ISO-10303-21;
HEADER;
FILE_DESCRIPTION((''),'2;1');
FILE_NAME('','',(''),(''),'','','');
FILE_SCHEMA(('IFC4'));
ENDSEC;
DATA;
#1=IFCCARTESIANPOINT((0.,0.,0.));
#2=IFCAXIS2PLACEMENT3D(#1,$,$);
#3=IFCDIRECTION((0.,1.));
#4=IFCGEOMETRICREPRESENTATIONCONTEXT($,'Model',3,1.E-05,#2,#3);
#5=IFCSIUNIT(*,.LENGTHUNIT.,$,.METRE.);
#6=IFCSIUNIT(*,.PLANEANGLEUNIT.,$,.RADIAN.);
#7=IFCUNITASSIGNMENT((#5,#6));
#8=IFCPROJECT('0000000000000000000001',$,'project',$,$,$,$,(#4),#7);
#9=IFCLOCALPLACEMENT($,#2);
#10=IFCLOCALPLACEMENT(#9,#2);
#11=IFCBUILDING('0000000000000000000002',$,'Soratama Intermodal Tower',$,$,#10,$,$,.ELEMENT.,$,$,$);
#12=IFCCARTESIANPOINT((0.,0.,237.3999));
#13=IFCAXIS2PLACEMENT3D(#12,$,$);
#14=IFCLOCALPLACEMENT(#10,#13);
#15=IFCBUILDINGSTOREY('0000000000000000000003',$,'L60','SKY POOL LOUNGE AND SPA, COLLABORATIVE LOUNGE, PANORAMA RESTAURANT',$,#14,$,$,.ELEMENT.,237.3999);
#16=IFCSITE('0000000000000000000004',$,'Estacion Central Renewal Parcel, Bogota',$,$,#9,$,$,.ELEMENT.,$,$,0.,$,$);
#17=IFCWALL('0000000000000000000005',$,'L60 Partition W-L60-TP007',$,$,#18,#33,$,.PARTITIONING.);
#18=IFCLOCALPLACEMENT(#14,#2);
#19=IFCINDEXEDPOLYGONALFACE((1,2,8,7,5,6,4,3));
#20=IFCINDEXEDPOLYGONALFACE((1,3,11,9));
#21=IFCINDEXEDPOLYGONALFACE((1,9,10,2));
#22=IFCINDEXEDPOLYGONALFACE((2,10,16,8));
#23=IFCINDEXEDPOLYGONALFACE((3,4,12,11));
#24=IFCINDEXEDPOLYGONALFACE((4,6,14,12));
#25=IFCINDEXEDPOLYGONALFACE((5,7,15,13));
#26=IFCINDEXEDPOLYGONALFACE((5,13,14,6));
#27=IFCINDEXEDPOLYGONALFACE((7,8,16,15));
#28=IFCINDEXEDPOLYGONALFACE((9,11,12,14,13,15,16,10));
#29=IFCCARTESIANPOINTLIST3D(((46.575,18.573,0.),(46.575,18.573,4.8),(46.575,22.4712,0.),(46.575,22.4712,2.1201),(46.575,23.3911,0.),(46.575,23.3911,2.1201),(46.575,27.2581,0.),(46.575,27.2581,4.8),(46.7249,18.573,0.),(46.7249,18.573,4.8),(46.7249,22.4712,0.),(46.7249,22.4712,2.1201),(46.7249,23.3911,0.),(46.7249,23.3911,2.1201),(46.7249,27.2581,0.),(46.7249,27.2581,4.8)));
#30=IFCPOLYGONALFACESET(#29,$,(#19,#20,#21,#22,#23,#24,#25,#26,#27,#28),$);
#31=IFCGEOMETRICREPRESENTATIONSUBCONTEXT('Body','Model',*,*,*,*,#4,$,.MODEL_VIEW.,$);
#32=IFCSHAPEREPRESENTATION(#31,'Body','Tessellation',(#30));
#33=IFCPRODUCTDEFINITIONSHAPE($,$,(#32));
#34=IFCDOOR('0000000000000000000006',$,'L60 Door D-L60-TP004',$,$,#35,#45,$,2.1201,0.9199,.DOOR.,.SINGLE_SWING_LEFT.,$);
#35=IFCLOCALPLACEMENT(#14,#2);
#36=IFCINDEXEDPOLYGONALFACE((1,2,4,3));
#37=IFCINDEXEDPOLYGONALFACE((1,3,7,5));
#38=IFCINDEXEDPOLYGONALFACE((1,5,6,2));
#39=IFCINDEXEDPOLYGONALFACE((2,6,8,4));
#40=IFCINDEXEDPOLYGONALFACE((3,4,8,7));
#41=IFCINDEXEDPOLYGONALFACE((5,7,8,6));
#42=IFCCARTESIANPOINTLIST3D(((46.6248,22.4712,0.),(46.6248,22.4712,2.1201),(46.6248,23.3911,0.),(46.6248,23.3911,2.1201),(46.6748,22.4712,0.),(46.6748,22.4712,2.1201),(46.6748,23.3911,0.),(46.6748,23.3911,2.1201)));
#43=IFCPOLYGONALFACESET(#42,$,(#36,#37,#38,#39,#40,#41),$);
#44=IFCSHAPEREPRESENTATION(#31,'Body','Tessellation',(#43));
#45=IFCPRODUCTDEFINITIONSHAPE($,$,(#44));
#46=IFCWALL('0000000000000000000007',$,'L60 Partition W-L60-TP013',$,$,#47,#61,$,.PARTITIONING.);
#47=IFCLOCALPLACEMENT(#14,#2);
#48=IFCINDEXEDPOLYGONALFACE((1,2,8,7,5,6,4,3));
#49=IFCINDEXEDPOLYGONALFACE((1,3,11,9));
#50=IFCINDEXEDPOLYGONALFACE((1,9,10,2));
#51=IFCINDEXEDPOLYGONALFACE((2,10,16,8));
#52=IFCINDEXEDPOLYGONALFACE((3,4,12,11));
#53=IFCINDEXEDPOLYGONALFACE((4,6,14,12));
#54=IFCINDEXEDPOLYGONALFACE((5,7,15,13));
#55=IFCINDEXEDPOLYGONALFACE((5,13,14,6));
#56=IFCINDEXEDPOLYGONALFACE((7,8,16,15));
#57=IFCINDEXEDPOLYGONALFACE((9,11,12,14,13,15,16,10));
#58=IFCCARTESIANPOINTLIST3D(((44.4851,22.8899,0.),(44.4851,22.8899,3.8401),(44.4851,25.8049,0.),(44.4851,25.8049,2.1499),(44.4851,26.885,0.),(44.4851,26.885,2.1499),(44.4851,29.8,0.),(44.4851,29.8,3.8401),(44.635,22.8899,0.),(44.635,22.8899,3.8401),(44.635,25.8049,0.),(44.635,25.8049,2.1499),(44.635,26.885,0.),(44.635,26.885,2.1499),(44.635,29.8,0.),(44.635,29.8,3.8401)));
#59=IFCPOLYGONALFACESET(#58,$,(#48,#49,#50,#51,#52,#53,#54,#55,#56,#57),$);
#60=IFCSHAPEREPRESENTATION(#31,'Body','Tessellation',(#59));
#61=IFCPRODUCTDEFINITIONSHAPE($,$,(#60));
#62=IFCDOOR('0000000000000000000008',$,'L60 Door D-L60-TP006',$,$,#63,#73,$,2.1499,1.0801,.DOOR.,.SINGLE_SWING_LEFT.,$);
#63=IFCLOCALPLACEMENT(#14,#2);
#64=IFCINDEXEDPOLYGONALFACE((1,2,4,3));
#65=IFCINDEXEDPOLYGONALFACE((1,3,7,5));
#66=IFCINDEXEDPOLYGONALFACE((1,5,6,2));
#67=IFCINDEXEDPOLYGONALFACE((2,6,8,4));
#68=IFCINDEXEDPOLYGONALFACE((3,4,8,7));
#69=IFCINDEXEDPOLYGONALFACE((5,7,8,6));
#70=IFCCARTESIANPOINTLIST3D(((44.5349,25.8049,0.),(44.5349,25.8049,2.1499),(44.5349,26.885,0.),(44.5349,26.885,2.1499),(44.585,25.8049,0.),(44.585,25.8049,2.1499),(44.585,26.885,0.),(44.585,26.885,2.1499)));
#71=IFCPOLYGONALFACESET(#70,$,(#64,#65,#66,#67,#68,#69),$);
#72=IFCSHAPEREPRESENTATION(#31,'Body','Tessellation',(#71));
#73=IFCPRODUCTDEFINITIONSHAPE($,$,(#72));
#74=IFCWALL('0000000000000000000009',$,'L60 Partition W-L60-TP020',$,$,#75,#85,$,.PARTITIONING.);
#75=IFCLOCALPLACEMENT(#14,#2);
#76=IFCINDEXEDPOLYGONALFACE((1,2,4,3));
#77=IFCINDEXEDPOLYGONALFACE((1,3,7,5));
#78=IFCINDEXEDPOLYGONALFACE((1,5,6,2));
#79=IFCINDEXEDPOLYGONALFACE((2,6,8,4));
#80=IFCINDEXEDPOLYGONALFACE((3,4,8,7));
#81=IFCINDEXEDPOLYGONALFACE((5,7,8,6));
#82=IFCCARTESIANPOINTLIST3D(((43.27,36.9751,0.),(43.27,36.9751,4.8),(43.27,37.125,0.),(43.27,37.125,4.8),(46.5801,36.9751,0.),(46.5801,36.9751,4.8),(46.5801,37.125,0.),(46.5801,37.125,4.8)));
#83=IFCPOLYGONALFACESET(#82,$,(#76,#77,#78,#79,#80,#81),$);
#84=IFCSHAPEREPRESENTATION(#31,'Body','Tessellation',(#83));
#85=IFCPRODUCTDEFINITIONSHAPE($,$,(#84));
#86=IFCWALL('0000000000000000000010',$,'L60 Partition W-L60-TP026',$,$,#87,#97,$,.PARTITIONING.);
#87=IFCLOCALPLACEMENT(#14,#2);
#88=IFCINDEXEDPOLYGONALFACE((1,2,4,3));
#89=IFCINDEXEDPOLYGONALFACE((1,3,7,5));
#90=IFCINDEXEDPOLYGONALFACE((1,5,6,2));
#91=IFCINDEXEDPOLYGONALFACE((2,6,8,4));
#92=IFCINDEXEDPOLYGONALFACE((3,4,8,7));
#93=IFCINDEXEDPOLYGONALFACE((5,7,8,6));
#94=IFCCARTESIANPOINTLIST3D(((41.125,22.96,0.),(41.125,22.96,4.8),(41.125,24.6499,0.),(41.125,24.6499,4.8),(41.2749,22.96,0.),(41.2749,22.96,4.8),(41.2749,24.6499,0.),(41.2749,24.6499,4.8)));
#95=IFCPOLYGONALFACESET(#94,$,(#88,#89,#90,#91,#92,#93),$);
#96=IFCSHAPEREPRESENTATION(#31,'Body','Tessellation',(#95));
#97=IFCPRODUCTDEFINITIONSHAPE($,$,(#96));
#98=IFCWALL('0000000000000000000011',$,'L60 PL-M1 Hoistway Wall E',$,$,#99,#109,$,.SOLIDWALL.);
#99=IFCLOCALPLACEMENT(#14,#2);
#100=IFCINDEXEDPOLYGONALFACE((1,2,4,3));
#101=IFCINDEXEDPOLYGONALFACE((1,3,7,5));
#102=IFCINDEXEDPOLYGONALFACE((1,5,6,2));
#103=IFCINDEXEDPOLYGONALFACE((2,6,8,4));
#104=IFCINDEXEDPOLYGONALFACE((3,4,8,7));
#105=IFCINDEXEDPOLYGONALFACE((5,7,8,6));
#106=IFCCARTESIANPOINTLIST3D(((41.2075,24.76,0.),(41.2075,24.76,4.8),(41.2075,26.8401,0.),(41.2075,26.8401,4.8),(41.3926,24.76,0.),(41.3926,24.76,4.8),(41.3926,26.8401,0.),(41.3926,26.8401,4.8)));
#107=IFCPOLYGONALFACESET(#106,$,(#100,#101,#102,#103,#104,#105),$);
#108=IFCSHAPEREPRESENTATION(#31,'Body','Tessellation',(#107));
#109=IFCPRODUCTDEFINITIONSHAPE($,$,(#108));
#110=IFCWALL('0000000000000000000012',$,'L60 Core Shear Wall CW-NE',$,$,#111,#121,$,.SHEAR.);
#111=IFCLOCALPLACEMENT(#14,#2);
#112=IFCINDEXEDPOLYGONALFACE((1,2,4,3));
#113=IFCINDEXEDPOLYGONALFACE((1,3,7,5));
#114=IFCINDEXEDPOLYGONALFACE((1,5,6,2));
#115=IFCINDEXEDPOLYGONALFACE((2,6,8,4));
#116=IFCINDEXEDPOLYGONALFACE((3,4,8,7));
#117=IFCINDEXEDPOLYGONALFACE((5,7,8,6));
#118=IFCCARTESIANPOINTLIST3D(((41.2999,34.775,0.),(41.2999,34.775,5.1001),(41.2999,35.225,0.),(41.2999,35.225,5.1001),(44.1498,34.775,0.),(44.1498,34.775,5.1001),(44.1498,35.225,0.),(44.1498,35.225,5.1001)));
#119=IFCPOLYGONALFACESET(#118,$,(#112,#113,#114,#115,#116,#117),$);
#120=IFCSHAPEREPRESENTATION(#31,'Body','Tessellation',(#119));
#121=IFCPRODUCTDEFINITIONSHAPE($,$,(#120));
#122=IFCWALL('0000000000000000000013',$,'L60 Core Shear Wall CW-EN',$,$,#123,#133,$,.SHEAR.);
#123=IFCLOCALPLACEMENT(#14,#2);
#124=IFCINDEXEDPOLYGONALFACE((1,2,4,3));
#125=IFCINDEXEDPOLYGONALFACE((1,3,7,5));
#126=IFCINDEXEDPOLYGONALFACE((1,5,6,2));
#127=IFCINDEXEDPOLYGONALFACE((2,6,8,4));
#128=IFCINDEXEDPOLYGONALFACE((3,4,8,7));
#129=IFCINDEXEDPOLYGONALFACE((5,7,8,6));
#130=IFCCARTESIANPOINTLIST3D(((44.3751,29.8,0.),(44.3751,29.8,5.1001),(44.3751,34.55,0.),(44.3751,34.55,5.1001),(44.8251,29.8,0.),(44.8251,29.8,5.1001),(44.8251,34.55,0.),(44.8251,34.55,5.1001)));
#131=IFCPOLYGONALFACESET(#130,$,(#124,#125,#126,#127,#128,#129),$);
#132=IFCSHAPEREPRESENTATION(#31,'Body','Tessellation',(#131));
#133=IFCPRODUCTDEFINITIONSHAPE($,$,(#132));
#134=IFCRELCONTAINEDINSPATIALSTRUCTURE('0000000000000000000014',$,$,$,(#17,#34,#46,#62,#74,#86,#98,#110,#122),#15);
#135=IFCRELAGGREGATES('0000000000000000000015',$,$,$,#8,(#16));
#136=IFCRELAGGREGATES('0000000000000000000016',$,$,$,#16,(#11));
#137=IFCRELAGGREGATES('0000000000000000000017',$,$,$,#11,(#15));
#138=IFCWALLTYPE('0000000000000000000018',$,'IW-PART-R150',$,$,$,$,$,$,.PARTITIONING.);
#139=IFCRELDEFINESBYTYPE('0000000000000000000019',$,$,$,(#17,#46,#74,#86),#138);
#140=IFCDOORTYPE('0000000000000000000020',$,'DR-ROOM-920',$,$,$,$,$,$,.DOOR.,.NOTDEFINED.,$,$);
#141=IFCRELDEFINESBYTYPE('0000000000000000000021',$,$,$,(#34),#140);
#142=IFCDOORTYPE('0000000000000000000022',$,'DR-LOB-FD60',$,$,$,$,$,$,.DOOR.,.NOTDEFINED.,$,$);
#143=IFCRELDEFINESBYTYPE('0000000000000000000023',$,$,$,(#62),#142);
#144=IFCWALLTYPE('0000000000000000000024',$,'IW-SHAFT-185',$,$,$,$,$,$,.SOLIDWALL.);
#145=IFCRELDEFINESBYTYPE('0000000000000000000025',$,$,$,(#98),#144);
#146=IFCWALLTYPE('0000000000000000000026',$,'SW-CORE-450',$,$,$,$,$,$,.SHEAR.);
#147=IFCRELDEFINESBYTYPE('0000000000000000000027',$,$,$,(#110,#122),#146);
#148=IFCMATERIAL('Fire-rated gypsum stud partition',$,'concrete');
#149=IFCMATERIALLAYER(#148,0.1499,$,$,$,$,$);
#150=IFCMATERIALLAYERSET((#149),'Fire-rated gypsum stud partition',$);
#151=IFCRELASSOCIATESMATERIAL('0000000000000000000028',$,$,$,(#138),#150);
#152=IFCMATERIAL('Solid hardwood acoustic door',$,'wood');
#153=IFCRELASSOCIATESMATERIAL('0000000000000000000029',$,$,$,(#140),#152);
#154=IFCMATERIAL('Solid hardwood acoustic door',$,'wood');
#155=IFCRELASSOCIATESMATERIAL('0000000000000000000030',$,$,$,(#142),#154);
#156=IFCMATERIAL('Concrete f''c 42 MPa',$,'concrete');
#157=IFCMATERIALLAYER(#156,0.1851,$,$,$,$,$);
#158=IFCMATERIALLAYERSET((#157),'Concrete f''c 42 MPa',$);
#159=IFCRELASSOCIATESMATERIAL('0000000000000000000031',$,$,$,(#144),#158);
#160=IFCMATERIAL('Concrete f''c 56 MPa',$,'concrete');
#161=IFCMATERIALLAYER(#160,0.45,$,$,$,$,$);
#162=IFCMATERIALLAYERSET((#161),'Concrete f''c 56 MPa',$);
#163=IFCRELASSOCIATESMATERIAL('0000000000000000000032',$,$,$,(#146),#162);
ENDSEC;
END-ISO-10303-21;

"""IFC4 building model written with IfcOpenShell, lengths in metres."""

from ifc_helpers import new_model, si_unit, direction, frame, frame_2d, origin, place, context, subcontext, project, spatial, rectangle, extrude, material, layer, layer_set, type_object, element, fill, save


model = new_model("IFC4")

# Units and contexts
model_context = context("Model", 3, precision=1e-05, world=origin(), true_north=direction((0.0, 1.0)))
body_context = subcontext(model_context, "Body", "Model", "MODEL_VIEW")
ifc_project = project(units=[si_unit("LENGTHUNIT", "METRE"), si_unit("PLANEANGLEUNIT", "RADIAN")], contexts=[model_context])

# Site, building, storey
site_placement = place(None, origin())
site = spatial("IfcSite", under=ifc_project, at=site_placement, Name="Estacion Central Renewal Parcel, Bogota", CompositionType="ELEMENT", RefElevation=0.0)
building_placement = place(site_placement, origin())
building = spatial("IfcBuilding", under=site, at=building_placement, Name="Soratama Intermodal Tower", CompositionType="ELEMENT")
storey_placement = place(building_placement, frame((0.0, 0.0, 237.3999)))
storey = spatial("IfcBuildingStorey", under=building, at=storey_placement, Name="L60", Description="SKY POOL LOUNGE AND SPA, COLLABORATIVE LOUNGE, PANORAMA RESTAURANT", CompositionType="ELEMENT", Elevation=237.3999)

# Walls, openings, doors
ifc_material_1 = material(Name="Fire-rated gypsum stud partition", Category="concrete")
ifc_layer_1 = layer(ifc_material_1, 0.1499)
ifc_layer_set_1 = layer_set([ifc_layer_1], Name="Fire-rated gypsum stud partition")
wall_type_1 = type_object("IfcWallType", Name="IW-PART-R150", PredefinedType="PARTITIONING", material=ifc_layer_set_1)
ifc_material_2 = material(Name="Solid hardwood acoustic door", Category="wood")
door_type_1 = type_object("IfcDoorType", Name="DR-ROOM-920", OperationType="NOTDEFINED", PredefinedType="DOOR", material=ifc_material_2)
wall_1_placement = place(storey_placement, frame((46.6499, 27.2581, 0.0), z_axis=(0.0, 0.0, 1.0), x_axis=(0.0, -1.0, 0.0)))
wall_1 = element("IfcWall", 1, at=wall_1_placement, inside=storey, type_object=wall_type_1, Name="L60 Partition W-L60-TP007", PredefinedType="PARTITIONING", context=body_context, shape_type="SweptSolid", body=[
    extrude(rectangle(XDim=8.6851, YDim=0.1499, at=frame_2d((4.3425, 0.0))), origin(), (0.0, 0.0, 1.0), 4.8),
])
opening_1_placement = place(wall_1_placement, frame((3.8669, 0.0, 0.0)))
opening_1 = element("IfcOpeningElement", 2, at=opening_1_placement, cuts=wall_1, PredefinedType="OPENING", context=body_context, shape_type="SweptSolid", body=[
    extrude(rectangle(XDim=0.9199, YDim=2.1201, at=frame_2d((0.46, 1.0601))), frame((0.0, 0.085, 0.0), z_axis=(0.0, -1.0, 0.0), x_axis=(1.0, 0.0, 0.0)), (0.0, 0.0, 1.0), 0.1699),
])
door_1_placement = place(opening_1_placement, origin())
door_1 = element("IfcDoor", 3, at=door_1_placement, inside=storey, type_object=door_type_1, Name="L60 Door D-L60-TP004", OperationType="SINGLE_SWING_LEFT", OverallHeight=2.1201, OverallWidth=0.9199, PredefinedType="DOOR", context=body_context, shape_type="SweptSolid", body=[
    extrude(rectangle(XDim=0.9199, YDim=2.1201, at=frame_2d((0.46, 1.0601))), frame((0.0, 0.0249, 0.0), z_axis=(0.0, -1.0, 0.0), x_axis=(1.0, 0.0, 0.0)), (0.0, 0.0, 1.0), 0.05),
])
fill(opening_1, door_1)
wall_2_placement = place(storey_placement, frame((44.5601, 29.8, 0.0), z_axis=(0.0, 0.0, 1.0), x_axis=(0.0, -1.0, 0.0)))
wall_2 = element("IfcWall", 4, at=wall_2_placement, inside=storey, type_object=wall_type_1, Name="L60 Partition W-L60-TP013", PredefinedType="PARTITIONING", context=body_context, shape_type="SweptSolid", body=[
    extrude(rectangle(XDim=6.9102, YDim=0.1499, at=frame_2d((3.4551, 0.0))), origin(), (0.0, 0.0, 1.0), 3.8401),
])
opening_2_placement = place(wall_2_placement, frame((2.915, 0.0, 0.0)))
opening_2 = element("IfcOpeningElement", 5, at=opening_2_placement, cuts=wall_2, PredefinedType="OPENING", context=body_context, shape_type="SweptSolid", body=[
    extrude(rectangle(XDim=1.0801, YDim=2.1499, at=frame_2d((0.54, 1.075))), frame((0.0, 0.085, 0.0), z_axis=(0.0, -1.0, 0.0), x_axis=(1.0, 0.0, 0.0)), (0.0, 0.0, 1.0), 0.1699),
])
ifc_material_3 = material(Name="Solid hardwood acoustic door", Category="wood")
door_type_2 = type_object("IfcDoorType", Name="DR-LOB-FD60", OperationType="NOTDEFINED", PredefinedType="DOOR", material=ifc_material_3)
door_2_placement = place(opening_2_placement, origin())
door_2 = element("IfcDoor", 6, at=door_2_placement, inside=storey, type_object=door_type_2, Name="L60 Door D-L60-TP006", OperationType="SINGLE_SWING_LEFT", OverallHeight=2.1499, OverallWidth=1.0801, PredefinedType="DOOR", context=body_context, shape_type="SweptSolid", body=[
    extrude(rectangle(XDim=1.0801, YDim=2.1499, at=frame_2d((0.54, 1.075))), frame((0.0, 0.0249, 0.0), z_axis=(0.0, -1.0, 0.0), x_axis=(1.0, 0.0, 0.0)), (0.0, 0.0, 1.0), 0.05),
])
fill(opening_2, door_2)

# Wall
wall_3_placement = place(storey_placement, frame((43.27, 37.05, 0.0), z_axis=(0.0, 0.0, 1.0), x_axis=(1.0, 0.0, 0.0)))
element("IfcWall", 7, at=wall_3_placement, inside=storey, type_object=wall_type_1, Name="L60 Partition W-L60-TP020", PredefinedType="PARTITIONING", context=body_context, shape_type="SweptSolid", body=[
    extrude(rectangle(XDim=3.3101, YDim=0.1499, at=frame_2d((1.655, 0.0))), origin(), (0.0, 0.0, 1.0), 4.8),
])

# Wall
wall_4_placement = place(storey_placement, frame((41.2, 22.96, 0.0), z_axis=(0.0, 0.0, 1.0), x_axis=(0.0, 1.0, 0.0)))
element("IfcWall", 8, at=wall_4_placement, inside=storey, type_object=wall_type_1, Name="L60 Partition W-L60-TP026", PredefinedType="PARTITIONING", context=body_context, shape_type="SweptSolid", body=[
    extrude(rectangle(XDim=1.6899, YDim=0.1499, at=frame_2d((0.845, 0.0))), origin(), (0.0, 0.0, 1.0), 4.8),
])

# Walls
ifc_material_4 = material(Name="Concrete f'c 42 MPa", Category="concrete")
ifc_layer_2 = layer(ifc_material_4, 0.1851)
ifc_layer_set_2 = layer_set([ifc_layer_2], Name="Concrete f'c 42 MPa")
wall_type_2 = type_object("IfcWallType", Name="IW-SHAFT-185", PredefinedType="SOLIDWALL", material=ifc_layer_set_2)
wall_5_placement = place(storey_placement, frame((41.3, 24.76, 0.0), z_axis=(0.0, 0.0, 1.0), x_axis=(0.0, 1.0, 0.0)))
element("IfcWall", 9, at=wall_5_placement, inside=storey, type_object=wall_type_2, Name="L60 PL-M1 Hoistway Wall E", PredefinedType="SOLIDWALL", context=body_context, shape_type="SweptSolid", body=[
    extrude(rectangle(XDim=2.0801, YDim=0.1851, at=frame_2d((1.04, 0.0))), origin(), (0.0, 0.0, 1.0), 4.8),
])
ifc_material_5 = material(Name="Concrete f'c 56 MPa", Category="concrete")
ifc_layer_3 = layer(ifc_material_5, 0.45)
ifc_layer_set_3 = layer_set([ifc_layer_3], Name="Concrete f'c 56 MPa")
wall_type_3 = type_object("IfcWallType", Name="SW-CORE-450", PredefinedType="SHEAR", material=ifc_layer_set_3)
wall_6_placement = place(storey_placement, frame((41.3, 35.0, 0.0), z_axis=(0.0, 0.0, 1.0), x_axis=(1.0, 0.0, 0.0)))
element("IfcWall", 10, at=wall_6_placement, inside=storey, type_object=wall_type_3, Name="L60 Core Shear Wall CW-NE", PredefinedType="SHEAR", context=body_context, shape_type="SweptSolid", body=[
    extrude(rectangle(XDim=2.8499, YDim=0.45, at=frame_2d((1.4248, 0.0))), origin(), (0.0, 0.0, 1.0), 5.1001),
])
wall_7_placement = place(storey_placement, frame((44.6001, 29.8, 0.0), z_axis=(0.0, 0.0, 1.0), x_axis=(0.0, 1.0, 0.0)))
element("IfcWall", 11, at=wall_7_placement, inside=storey, type_object=wall_type_3, Name="L60 Core Shear Wall CW-EN", PredefinedType="SHEAR", context=body_context, shape_type="SweptSolid", body=[
    extrude(rectangle(XDim=4.75, YDim=0.45, at=frame_2d((2.375, 0.0))), origin(), (0.0, 0.0, 1.0), 5.1001),
])

save(model, "model.ifc")
